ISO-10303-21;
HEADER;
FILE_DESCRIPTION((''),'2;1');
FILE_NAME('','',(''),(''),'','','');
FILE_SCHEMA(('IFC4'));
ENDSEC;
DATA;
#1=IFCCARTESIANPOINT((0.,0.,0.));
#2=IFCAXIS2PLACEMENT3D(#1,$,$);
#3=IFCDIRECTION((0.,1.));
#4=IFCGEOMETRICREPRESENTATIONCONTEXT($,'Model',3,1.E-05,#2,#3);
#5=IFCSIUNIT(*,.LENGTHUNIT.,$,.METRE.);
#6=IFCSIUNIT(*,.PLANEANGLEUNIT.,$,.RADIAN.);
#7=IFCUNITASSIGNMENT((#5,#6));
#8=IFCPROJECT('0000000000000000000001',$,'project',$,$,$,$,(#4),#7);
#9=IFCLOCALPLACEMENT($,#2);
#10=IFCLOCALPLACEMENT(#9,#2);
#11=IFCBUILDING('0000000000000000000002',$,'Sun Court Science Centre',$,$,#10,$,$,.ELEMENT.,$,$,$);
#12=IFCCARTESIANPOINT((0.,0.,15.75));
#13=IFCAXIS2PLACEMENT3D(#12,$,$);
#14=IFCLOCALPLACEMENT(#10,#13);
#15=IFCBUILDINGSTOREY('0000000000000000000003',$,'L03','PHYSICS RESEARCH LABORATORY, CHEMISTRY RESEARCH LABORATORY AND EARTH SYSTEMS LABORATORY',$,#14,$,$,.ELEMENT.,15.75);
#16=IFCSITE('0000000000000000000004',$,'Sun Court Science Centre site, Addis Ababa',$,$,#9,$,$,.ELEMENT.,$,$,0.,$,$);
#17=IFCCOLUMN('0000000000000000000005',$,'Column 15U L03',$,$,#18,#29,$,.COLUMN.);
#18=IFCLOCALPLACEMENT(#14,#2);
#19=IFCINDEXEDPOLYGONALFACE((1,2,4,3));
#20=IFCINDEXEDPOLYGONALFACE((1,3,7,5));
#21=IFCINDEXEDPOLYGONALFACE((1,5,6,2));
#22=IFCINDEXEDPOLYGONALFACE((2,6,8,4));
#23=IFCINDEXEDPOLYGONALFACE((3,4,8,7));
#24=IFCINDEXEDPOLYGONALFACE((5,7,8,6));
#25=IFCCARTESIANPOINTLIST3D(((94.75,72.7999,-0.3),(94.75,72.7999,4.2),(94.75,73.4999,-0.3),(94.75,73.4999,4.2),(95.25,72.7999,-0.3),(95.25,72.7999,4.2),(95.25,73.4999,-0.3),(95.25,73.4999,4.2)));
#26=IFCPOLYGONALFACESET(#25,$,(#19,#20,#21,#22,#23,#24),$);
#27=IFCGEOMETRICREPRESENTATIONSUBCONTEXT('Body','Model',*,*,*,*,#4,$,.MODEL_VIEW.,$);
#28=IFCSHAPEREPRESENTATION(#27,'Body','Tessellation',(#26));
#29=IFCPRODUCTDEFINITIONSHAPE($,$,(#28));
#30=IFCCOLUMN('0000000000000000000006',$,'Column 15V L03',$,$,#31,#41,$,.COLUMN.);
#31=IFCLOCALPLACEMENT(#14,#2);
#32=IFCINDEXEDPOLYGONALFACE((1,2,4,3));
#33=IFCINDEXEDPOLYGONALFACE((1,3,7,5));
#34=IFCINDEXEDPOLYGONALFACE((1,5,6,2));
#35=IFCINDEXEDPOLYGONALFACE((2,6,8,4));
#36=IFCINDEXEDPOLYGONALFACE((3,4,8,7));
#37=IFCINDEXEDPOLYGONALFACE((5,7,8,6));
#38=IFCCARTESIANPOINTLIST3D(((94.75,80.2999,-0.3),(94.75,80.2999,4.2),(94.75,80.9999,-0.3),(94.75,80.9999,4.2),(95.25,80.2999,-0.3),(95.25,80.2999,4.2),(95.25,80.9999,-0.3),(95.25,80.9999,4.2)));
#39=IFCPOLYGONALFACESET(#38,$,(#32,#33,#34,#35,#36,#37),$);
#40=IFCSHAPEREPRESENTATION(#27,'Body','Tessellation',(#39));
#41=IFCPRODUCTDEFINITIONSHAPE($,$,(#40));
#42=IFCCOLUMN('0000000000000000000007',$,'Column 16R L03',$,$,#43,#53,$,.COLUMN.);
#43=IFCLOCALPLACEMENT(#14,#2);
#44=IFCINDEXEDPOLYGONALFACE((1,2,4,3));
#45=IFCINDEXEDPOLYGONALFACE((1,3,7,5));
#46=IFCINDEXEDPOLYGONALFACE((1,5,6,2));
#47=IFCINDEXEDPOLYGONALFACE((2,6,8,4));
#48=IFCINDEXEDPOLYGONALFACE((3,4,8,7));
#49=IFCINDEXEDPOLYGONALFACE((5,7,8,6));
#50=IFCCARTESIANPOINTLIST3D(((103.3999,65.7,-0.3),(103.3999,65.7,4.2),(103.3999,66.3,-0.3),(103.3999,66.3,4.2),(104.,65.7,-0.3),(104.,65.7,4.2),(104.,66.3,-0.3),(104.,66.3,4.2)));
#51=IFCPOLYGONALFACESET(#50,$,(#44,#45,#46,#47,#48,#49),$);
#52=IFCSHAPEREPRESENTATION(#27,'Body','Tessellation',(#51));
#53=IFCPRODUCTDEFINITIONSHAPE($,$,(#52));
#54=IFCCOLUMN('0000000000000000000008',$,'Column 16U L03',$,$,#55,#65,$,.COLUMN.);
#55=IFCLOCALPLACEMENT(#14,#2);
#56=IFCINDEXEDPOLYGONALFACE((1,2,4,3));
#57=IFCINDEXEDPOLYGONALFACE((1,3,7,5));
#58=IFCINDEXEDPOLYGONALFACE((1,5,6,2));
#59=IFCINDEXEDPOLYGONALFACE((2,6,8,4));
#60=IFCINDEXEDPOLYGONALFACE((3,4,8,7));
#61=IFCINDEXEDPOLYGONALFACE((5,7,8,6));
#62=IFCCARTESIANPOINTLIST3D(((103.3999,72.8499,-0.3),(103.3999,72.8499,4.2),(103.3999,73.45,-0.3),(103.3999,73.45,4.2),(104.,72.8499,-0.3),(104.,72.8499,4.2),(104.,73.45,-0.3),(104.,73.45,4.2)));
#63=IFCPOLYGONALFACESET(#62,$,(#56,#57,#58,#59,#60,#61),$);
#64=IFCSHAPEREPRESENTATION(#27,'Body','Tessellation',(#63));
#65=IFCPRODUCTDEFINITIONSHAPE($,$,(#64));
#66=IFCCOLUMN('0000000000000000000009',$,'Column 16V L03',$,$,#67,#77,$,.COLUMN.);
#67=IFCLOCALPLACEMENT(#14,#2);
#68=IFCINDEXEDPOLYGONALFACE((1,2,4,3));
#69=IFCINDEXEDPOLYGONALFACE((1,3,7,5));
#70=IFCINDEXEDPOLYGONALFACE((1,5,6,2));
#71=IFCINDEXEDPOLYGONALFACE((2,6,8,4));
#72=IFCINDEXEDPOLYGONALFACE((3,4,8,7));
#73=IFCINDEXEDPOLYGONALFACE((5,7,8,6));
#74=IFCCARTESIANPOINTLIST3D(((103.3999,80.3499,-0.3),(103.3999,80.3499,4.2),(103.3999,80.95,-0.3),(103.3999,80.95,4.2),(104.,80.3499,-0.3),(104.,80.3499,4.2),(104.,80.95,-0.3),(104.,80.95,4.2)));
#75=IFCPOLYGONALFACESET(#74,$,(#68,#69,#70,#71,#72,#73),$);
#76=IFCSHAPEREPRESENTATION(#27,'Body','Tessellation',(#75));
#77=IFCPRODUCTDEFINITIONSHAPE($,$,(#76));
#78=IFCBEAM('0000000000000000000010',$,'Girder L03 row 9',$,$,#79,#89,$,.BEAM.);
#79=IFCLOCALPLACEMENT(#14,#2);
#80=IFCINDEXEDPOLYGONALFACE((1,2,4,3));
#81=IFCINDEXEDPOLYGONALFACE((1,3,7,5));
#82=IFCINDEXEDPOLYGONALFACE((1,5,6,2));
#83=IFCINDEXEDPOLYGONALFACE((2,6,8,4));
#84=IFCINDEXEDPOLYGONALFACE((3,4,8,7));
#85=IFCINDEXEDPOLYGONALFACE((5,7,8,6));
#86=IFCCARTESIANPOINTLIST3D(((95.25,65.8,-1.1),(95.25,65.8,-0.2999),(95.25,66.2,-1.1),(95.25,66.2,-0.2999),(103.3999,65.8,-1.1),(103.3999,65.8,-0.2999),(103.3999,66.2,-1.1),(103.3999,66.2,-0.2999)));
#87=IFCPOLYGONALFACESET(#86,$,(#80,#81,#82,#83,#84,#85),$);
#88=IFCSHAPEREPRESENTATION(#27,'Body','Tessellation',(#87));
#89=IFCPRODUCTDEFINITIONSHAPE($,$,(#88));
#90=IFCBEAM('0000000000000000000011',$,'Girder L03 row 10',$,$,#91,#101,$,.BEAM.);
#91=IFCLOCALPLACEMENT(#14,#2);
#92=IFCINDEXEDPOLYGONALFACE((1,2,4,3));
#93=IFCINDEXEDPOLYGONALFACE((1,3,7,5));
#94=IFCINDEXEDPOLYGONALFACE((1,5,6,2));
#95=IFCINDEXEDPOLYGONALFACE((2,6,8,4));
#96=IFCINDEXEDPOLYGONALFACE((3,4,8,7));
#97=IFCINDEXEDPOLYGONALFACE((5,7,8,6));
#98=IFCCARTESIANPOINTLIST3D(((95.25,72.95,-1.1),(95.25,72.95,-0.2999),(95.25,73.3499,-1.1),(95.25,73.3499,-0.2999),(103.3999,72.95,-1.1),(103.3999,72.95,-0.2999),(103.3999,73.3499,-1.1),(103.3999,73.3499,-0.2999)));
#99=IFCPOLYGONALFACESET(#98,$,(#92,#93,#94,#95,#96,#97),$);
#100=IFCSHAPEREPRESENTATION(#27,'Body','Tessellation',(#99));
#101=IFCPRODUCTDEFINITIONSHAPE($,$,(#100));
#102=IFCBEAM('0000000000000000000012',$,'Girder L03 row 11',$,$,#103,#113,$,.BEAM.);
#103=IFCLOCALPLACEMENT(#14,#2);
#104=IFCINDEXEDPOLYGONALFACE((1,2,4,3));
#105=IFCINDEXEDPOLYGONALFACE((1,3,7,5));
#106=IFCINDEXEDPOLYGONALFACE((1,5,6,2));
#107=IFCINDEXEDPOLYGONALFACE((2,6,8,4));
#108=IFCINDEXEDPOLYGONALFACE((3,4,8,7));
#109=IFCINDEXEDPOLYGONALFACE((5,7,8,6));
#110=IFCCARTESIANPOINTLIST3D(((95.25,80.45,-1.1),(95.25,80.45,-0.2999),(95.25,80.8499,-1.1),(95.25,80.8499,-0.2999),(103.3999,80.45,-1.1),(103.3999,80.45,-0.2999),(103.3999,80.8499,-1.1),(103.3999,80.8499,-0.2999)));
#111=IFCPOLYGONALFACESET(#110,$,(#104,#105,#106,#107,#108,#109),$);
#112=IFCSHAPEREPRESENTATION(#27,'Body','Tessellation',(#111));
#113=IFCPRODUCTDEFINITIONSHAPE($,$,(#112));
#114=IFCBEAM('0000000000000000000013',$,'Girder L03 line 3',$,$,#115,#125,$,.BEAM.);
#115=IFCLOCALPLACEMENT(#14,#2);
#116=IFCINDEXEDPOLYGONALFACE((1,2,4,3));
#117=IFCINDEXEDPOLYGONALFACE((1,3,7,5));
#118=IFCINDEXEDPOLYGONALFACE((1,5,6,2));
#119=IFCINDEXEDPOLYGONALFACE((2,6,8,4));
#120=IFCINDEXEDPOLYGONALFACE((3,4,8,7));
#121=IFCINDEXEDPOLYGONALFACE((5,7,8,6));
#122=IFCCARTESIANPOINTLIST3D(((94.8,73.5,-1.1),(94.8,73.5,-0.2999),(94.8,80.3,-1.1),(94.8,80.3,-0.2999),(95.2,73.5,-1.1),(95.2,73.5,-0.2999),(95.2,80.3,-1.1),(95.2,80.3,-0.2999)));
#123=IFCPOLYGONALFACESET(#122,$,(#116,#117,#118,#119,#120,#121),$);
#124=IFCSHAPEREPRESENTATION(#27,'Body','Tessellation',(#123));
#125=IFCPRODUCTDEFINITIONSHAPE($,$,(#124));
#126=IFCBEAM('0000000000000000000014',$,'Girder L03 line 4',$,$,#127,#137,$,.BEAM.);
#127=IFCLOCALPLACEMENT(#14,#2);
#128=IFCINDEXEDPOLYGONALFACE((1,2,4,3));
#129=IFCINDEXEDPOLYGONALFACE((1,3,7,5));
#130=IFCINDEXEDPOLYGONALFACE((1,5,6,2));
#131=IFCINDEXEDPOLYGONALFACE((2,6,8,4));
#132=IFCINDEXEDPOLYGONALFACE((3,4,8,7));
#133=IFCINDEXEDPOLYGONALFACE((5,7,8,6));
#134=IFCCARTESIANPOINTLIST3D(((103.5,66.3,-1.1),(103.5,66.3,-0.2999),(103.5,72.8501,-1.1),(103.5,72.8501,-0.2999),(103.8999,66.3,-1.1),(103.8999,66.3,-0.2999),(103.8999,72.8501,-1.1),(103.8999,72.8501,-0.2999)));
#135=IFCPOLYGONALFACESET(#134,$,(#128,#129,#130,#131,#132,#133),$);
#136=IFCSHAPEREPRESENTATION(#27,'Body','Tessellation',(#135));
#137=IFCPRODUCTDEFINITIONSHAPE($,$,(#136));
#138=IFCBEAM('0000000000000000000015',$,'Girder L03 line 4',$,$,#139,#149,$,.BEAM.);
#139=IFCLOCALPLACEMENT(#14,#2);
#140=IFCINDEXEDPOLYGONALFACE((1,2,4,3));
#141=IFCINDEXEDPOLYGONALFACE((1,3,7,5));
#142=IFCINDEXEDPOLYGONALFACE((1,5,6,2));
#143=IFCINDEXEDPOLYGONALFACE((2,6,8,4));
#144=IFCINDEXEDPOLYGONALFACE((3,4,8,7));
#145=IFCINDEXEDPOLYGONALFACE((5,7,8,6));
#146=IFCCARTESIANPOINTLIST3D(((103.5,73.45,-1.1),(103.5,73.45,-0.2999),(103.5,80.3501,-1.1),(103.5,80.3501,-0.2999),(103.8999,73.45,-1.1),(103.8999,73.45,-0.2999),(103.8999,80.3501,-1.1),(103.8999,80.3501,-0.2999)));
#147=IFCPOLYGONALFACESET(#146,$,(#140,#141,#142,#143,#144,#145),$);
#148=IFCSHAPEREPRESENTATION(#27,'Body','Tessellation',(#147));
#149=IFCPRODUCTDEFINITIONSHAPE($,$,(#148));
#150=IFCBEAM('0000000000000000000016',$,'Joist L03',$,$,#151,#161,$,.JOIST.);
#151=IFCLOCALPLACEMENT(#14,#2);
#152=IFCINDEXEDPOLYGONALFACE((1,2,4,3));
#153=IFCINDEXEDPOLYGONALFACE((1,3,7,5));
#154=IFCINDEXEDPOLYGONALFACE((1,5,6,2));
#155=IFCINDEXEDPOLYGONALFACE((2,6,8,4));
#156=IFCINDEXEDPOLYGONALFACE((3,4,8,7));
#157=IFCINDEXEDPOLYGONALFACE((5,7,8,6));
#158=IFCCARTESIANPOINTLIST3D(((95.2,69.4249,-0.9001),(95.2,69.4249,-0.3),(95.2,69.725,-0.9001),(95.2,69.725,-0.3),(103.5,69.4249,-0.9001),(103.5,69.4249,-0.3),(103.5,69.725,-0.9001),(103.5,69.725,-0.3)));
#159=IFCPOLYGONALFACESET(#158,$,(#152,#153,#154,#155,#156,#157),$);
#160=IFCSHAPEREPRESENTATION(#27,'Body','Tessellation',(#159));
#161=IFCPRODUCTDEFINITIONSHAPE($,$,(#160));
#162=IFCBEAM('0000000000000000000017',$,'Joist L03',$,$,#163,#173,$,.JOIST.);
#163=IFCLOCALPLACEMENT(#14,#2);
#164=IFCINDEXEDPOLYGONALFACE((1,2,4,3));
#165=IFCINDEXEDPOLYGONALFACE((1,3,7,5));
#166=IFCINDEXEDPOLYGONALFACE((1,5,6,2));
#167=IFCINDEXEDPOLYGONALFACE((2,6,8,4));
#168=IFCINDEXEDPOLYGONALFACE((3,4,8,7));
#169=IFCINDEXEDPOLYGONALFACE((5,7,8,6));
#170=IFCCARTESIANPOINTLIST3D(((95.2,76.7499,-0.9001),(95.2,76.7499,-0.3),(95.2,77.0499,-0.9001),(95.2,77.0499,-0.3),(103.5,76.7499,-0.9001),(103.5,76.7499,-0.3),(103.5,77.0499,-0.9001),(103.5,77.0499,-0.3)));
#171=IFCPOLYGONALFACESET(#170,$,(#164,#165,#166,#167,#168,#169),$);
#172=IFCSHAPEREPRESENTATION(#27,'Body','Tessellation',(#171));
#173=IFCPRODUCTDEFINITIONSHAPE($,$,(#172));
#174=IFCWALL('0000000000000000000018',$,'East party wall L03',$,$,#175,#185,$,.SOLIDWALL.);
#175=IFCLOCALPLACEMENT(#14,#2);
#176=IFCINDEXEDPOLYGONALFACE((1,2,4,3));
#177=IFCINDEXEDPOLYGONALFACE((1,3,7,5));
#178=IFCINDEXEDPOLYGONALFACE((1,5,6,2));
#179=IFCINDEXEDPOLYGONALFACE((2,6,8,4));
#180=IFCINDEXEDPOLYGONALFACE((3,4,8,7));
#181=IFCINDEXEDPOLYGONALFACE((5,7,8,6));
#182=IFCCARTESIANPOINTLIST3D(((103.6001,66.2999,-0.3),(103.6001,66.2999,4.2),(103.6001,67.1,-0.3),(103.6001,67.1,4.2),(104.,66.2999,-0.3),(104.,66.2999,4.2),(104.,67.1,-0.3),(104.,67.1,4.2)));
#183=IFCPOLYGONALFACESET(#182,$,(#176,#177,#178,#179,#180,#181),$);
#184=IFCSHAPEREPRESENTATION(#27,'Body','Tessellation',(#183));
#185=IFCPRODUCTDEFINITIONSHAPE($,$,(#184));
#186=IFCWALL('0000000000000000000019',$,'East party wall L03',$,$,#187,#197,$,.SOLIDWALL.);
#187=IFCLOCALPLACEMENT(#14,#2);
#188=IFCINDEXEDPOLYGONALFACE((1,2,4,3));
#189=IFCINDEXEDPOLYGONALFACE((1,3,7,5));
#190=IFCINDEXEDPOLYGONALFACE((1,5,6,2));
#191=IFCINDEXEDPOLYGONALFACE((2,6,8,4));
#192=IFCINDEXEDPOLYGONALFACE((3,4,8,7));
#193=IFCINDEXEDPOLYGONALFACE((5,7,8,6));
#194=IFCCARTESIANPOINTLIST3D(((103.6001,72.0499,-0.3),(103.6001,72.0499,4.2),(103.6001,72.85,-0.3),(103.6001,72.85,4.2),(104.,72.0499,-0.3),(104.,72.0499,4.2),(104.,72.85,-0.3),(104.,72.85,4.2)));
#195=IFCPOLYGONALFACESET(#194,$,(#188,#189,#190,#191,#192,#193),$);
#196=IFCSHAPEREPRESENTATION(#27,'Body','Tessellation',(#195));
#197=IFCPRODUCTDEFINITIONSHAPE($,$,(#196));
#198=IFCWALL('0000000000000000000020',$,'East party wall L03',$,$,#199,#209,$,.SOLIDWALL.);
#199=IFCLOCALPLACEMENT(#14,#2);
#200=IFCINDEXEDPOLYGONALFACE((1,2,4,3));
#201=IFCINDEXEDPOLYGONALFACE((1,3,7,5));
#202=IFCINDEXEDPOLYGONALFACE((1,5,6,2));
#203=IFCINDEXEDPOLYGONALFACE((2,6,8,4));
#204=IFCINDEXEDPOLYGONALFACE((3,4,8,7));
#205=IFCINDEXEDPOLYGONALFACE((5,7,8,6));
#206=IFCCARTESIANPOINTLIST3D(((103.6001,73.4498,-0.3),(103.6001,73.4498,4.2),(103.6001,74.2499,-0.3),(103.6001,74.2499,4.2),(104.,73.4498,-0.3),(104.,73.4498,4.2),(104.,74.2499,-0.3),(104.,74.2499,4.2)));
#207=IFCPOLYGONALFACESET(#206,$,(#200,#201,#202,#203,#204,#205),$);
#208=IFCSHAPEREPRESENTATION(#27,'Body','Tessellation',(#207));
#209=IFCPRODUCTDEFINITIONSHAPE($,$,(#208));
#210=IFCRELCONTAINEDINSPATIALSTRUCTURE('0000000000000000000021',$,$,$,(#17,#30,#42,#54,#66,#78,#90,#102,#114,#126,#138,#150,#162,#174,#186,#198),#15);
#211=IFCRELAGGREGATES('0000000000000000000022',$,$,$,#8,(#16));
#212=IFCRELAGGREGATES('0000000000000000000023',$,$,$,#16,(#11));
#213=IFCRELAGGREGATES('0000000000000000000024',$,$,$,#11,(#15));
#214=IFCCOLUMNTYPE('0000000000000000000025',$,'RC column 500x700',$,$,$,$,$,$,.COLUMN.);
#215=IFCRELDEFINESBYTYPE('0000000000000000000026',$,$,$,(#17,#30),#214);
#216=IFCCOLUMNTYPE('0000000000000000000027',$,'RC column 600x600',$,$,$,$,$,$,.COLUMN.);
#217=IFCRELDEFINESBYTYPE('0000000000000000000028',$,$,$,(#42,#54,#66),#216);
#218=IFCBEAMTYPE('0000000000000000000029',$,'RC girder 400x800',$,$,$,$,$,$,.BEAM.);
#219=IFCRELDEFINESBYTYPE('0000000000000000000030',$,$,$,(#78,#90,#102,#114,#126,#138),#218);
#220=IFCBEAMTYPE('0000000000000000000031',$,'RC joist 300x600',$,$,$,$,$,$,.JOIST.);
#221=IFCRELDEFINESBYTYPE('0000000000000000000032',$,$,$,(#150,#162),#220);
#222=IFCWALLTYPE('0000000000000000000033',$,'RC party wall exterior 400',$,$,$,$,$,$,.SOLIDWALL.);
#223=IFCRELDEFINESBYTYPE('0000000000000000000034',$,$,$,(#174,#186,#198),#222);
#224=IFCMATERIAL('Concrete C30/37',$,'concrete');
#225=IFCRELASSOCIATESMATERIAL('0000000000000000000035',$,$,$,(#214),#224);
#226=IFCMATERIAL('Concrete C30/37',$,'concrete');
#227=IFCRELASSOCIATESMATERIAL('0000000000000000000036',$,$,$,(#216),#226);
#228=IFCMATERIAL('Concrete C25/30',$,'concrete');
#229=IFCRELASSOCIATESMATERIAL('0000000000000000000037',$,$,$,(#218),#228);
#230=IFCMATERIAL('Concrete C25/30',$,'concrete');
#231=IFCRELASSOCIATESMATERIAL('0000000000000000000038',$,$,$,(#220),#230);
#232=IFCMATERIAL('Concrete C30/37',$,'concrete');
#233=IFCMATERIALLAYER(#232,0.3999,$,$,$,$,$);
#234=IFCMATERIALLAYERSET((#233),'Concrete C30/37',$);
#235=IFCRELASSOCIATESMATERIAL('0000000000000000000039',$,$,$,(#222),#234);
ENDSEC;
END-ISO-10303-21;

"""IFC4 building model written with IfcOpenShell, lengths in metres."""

from ifc_helpers import new_model, si_unit, direction, frame, frame_2d, origin, origin_2d, place, context, subcontext, project, spatial, rectangle, extrude, material, layer, layer_set, material_profile, profile_set, type_object, element, save


model = new_model("IFC4")

# Units and contexts
model_context = context("Model", 3, precision=1e-05, world=origin(), true_north=direction((0.0, 1.0)))
body_context = subcontext(model_context, "Body", "Model", "MODEL_VIEW")
ifc_project = project(units=[si_unit("LENGTHUNIT", "METRE"), si_unit("PLANEANGLEUNIT", "RADIAN")], contexts=[model_context])

# Site, building, storey
site_placement = place(None, origin())
site = spatial("IfcSite", under=ifc_project, at=site_placement, Name="Sun Court Science Centre site, Addis Ababa", CompositionType="ELEMENT", RefElevation=0.0)
building_placement = place(site_placement, origin())
building = spatial("IfcBuilding", under=site, at=building_placement, Name="Sun Court Science Centre", CompositionType="ELEMENT")
storey_placement = place(building_placement, frame((0.0, 0.0, 15.75)))
storey = spatial("IfcBuildingStorey", under=building, at=storey_placement, Name="L03", Description="PHYSICS RESEARCH LABORATORY, CHEMISTRY RESEARCH LABORATORY AND EARTH SYSTEMS LABORATORY", CompositionType="ELEMENT", Elevation=15.75)

# Columns
ifc_material_1 = material(Name="Concrete C30/37", Category="concrete")
ifc_material_profile_1 = material_profile(ifc_material_1, rectangle(XDim=0.5, YDim=0.7, at=origin_2d()), Name="RC 500x700")
ifc_profile_set_1 = profile_set([ifc_material_profile_1], Name="Concrete C30/37")
column_type_1 = type_object("IfcColumnType", Name="RC column 500x700", PredefinedType="COLUMN", material=ifc_profile_set_1)
for number, where, z_axis, x_axis, name in (
    (1, (95.0, 73.1499, -0.3), (0.0, 0.0, 1.0), (1.0, 0.0, 0.0), "Column 15U L03"),
    (2, (95.0, 80.6499, -0.3), (0.0, 0.0, 1.0), (1.0, 0.0, 0.0), "Column 15V L03"),
):
    element("IfcColumn", number, at=place(storey_placement, frame(where, z_axis=z_axis, x_axis=x_axis)), inside=storey, type_object=column_type_1, Name=name, PredefinedType="COLUMN", context=body_context, shape_type="SweptSolid", body=[
        extrude(rectangle(XDim=0.5, YDim=0.7, at=origin_2d()), origin(), (0.0, 0.0, 1.0), 4.5),
    ])
ifc_material_2 = material(Name="Concrete C30/37", Category="concrete")
ifc_material_profile_2 = material_profile(ifc_material_2, rectangle(XDim=0.6001, YDim=0.6001, at=origin_2d()), Name="RC 600x600")
ifc_profile_set_2 = profile_set([ifc_material_profile_2], Name="Concrete C30/37")
column_type_2 = type_object("IfcColumnType", Name="RC column 600x600", PredefinedType="COLUMN", material=ifc_profile_set_2)
for number, where, z_axis, x_axis, name in (
    (3, (103.7, 66.0, -0.3), (0.0, 0.0, 1.0), (1.0, 0.0, 0.0), "Column 16R L03"),
    (4, (103.7, 73.1499, -0.3), (0.0, 0.0, 1.0), (1.0, 0.0, 0.0), "Column 16U L03"),
    (5, (103.7, 80.6499, -0.3), (0.0, 0.0, 1.0), (1.0, 0.0, 0.0), "Column 16V L03"),
):
    element("IfcColumn", number, at=place(storey_placement, frame(where, z_axis=z_axis, x_axis=x_axis)), inside=storey, type_object=column_type_2, Name=name, PredefinedType="COLUMN", context=body_context, shape_type="SweptSolid", body=[
        extrude(rectangle(XDim=0.6001, YDim=0.6001, at=origin_2d()), origin(), (0.0, 0.0, 1.0), 4.5),
    ])

# Beams
ifc_material_3 = material(Name="Concrete C25/30", Category="concrete")
ifc_material_profile_3 = material_profile(ifc_material_3, rectangle(XDim=0.3999, YDim=0.8, at=origin_2d()), Name="RC 400x800")
ifc_profile_set_3 = profile_set([ifc_material_profile_3], Name="Concrete C25/30")
beam_type_1 = type_object("IfcBeamType", Name="RC girder 400x800", PredefinedType="BEAM", material=ifc_profile_set_3)
for number, where, z_axis, x_axis, name in (
    (6, (95.25, 66.0, -0.7), (1.0, 0.0, 0.0), (0.0, 1.0, 0.0), "Girder L03 row 9"),
    (7, (95.25, 73.1499, -0.7), (1.0, 0.0, 0.0), (0.0, 1.0, 0.0), "Girder L03 row 10"),
    (8, (95.25, 80.6499, -0.7), (1.0, 0.0, 0.0), (0.0, 1.0, 0.0), "Girder L03 row 11"),
):
    element("IfcBeam", number, at=place(storey_placement, frame(where, z_axis=z_axis, x_axis=x_axis)), inside=storey, type_object=beam_type_1, Name=name, PredefinedType="BEAM", context=body_context, shape_type="SweptSolid", body=[
        extrude(rectangle(XDim=0.3999, YDim=0.8, at=origin_2d()), origin(), (0.0, 0.0, 1.0), 8.1499),
    ])
beam_1_placement = place(storey_placement, frame((95.0, 73.5, -0.7), z_axis=(0.0, 1.0, 0.0), x_axis=(-1.0, 0.0, 0.0)))
element("IfcBeam", 9, at=beam_1_placement, inside=storey, type_object=beam_type_1, Name="Girder L03 line 3", PredefinedType="BEAM", context=body_context, shape_type="SweptSolid", body=[
    extrude(rectangle(XDim=0.3999, YDim=0.8, at=origin_2d()), origin(), (0.0, 0.0, 1.0), 6.8),
])
beam_2_placement = place(storey_placement, frame((103.7, 66.3, -0.7), z_axis=(0.0, 1.0, 0.0), x_axis=(-1.0, 0.0, 0.0)))
element("IfcBeam", 10, at=beam_2_placement, inside=storey, type_object=beam_type_1, Name="Girder L03 line 4", PredefinedType="BEAM", context=body_context, shape_type="SweptSolid", body=[
    extrude(rectangle(XDim=0.3999, YDim=0.8, at=origin_2d()), origin(), (0.0, 0.0, 1.0), 6.55),
])
beam_3_placement = place(storey_placement, frame((103.7, 73.45, -0.7), z_axis=(0.0, 1.0, 0.0), x_axis=(-1.0, 0.0, 0.0)))
element("IfcBeam", 11, at=beam_3_placement, inside=storey, type_object=beam_type_1, Name="Girder L03 line 4", PredefinedType="BEAM", context=body_context, shape_type="SweptSolid", body=[
    extrude(rectangle(XDim=0.3999, YDim=0.8, at=origin_2d()), origin(), (0.0, 0.0, 1.0), 6.9001),
])
ifc_material_4 = material(Name="Concrete C25/30", Category="concrete")
ifc_material_profile_4 = material_profile(ifc_material_4, rectangle(XDim=0.3, YDim=0.6001, at=origin_2d()), Name="RC 300x600")
ifc_profile_set_4 = profile_set([ifc_material_profile_4], Name="Concrete C25/30")
beam_type_2 = type_object("IfcBeamType", Name="RC joist 300x600", PredefinedType="JOIST", material=ifc_profile_set_4)
for number, where, z_axis, x_axis, name in (
    (12, (95.2, 69.575, -0.6001), (1.0, 0.0, 0.0), (0.0, 1.0, 0.0), "Joist L03"),
    (13, (95.2, 76.8999, -0.6001), (1.0, 0.0, 0.0), (0.0, 1.0, 0.0), "Joist L03"),
):
    element("IfcBeam", number, at=place(storey_placement, frame(where, z_axis=z_axis, x_axis=x_axis)), inside=storey, type_object=beam_type_2, Name=name, PredefinedType="JOIST", context=body_context, shape_type="SweptSolid", body=[
        extrude(rectangle(XDim=0.3, YDim=0.6001, at=origin_2d()), origin(), (0.0, 0.0, 1.0), 8.3),
    ])

# Walls
ifc_material_5 = material(Name="Concrete C30/37", Category="concrete")
ifc_layer_1 = layer(ifc_material_5, 0.3999)
ifc_layer_set_1 = layer_set([ifc_layer_1], Name="Concrete C30/37")
wall_type_1 = type_object("IfcWallType", Name="RC party wall exterior 400", PredefinedType="SOLIDWALL", material=ifc_layer_set_1)
for number, where, z_axis, x_axis, name in (
    (14, (103.8, 66.3, -0.3), (0.0, 0.0, 1.0), (0.0, 1.0, 0.0), "East party wall L03"),
    (15, (103.8, 72.05, -0.3), (0.0, 0.0, 1.0), (0.0, 1.0, 0.0), "East party wall L03"),
    (16, (103.8, 73.45, -0.3), (0.0, 0.0, 1.0), (0.0, 1.0, 0.0), "East party wall L03"),
):
    element("IfcWall", number, at=place(storey_placement, frame(where, z_axis=z_axis, x_axis=x_axis)), inside=storey, type_object=wall_type_1, Name=name, PredefinedType="SOLIDWALL", context=body_context, shape_type="SweptSolid", body=[
        extrude(rectangle(XDim=0.8, YDim=0.3999, at=frame_2d((0.3999, 0.0))), origin(), (0.0, 0.0, 1.0), 4.5),
    ])

save(model, "model.ifc")
